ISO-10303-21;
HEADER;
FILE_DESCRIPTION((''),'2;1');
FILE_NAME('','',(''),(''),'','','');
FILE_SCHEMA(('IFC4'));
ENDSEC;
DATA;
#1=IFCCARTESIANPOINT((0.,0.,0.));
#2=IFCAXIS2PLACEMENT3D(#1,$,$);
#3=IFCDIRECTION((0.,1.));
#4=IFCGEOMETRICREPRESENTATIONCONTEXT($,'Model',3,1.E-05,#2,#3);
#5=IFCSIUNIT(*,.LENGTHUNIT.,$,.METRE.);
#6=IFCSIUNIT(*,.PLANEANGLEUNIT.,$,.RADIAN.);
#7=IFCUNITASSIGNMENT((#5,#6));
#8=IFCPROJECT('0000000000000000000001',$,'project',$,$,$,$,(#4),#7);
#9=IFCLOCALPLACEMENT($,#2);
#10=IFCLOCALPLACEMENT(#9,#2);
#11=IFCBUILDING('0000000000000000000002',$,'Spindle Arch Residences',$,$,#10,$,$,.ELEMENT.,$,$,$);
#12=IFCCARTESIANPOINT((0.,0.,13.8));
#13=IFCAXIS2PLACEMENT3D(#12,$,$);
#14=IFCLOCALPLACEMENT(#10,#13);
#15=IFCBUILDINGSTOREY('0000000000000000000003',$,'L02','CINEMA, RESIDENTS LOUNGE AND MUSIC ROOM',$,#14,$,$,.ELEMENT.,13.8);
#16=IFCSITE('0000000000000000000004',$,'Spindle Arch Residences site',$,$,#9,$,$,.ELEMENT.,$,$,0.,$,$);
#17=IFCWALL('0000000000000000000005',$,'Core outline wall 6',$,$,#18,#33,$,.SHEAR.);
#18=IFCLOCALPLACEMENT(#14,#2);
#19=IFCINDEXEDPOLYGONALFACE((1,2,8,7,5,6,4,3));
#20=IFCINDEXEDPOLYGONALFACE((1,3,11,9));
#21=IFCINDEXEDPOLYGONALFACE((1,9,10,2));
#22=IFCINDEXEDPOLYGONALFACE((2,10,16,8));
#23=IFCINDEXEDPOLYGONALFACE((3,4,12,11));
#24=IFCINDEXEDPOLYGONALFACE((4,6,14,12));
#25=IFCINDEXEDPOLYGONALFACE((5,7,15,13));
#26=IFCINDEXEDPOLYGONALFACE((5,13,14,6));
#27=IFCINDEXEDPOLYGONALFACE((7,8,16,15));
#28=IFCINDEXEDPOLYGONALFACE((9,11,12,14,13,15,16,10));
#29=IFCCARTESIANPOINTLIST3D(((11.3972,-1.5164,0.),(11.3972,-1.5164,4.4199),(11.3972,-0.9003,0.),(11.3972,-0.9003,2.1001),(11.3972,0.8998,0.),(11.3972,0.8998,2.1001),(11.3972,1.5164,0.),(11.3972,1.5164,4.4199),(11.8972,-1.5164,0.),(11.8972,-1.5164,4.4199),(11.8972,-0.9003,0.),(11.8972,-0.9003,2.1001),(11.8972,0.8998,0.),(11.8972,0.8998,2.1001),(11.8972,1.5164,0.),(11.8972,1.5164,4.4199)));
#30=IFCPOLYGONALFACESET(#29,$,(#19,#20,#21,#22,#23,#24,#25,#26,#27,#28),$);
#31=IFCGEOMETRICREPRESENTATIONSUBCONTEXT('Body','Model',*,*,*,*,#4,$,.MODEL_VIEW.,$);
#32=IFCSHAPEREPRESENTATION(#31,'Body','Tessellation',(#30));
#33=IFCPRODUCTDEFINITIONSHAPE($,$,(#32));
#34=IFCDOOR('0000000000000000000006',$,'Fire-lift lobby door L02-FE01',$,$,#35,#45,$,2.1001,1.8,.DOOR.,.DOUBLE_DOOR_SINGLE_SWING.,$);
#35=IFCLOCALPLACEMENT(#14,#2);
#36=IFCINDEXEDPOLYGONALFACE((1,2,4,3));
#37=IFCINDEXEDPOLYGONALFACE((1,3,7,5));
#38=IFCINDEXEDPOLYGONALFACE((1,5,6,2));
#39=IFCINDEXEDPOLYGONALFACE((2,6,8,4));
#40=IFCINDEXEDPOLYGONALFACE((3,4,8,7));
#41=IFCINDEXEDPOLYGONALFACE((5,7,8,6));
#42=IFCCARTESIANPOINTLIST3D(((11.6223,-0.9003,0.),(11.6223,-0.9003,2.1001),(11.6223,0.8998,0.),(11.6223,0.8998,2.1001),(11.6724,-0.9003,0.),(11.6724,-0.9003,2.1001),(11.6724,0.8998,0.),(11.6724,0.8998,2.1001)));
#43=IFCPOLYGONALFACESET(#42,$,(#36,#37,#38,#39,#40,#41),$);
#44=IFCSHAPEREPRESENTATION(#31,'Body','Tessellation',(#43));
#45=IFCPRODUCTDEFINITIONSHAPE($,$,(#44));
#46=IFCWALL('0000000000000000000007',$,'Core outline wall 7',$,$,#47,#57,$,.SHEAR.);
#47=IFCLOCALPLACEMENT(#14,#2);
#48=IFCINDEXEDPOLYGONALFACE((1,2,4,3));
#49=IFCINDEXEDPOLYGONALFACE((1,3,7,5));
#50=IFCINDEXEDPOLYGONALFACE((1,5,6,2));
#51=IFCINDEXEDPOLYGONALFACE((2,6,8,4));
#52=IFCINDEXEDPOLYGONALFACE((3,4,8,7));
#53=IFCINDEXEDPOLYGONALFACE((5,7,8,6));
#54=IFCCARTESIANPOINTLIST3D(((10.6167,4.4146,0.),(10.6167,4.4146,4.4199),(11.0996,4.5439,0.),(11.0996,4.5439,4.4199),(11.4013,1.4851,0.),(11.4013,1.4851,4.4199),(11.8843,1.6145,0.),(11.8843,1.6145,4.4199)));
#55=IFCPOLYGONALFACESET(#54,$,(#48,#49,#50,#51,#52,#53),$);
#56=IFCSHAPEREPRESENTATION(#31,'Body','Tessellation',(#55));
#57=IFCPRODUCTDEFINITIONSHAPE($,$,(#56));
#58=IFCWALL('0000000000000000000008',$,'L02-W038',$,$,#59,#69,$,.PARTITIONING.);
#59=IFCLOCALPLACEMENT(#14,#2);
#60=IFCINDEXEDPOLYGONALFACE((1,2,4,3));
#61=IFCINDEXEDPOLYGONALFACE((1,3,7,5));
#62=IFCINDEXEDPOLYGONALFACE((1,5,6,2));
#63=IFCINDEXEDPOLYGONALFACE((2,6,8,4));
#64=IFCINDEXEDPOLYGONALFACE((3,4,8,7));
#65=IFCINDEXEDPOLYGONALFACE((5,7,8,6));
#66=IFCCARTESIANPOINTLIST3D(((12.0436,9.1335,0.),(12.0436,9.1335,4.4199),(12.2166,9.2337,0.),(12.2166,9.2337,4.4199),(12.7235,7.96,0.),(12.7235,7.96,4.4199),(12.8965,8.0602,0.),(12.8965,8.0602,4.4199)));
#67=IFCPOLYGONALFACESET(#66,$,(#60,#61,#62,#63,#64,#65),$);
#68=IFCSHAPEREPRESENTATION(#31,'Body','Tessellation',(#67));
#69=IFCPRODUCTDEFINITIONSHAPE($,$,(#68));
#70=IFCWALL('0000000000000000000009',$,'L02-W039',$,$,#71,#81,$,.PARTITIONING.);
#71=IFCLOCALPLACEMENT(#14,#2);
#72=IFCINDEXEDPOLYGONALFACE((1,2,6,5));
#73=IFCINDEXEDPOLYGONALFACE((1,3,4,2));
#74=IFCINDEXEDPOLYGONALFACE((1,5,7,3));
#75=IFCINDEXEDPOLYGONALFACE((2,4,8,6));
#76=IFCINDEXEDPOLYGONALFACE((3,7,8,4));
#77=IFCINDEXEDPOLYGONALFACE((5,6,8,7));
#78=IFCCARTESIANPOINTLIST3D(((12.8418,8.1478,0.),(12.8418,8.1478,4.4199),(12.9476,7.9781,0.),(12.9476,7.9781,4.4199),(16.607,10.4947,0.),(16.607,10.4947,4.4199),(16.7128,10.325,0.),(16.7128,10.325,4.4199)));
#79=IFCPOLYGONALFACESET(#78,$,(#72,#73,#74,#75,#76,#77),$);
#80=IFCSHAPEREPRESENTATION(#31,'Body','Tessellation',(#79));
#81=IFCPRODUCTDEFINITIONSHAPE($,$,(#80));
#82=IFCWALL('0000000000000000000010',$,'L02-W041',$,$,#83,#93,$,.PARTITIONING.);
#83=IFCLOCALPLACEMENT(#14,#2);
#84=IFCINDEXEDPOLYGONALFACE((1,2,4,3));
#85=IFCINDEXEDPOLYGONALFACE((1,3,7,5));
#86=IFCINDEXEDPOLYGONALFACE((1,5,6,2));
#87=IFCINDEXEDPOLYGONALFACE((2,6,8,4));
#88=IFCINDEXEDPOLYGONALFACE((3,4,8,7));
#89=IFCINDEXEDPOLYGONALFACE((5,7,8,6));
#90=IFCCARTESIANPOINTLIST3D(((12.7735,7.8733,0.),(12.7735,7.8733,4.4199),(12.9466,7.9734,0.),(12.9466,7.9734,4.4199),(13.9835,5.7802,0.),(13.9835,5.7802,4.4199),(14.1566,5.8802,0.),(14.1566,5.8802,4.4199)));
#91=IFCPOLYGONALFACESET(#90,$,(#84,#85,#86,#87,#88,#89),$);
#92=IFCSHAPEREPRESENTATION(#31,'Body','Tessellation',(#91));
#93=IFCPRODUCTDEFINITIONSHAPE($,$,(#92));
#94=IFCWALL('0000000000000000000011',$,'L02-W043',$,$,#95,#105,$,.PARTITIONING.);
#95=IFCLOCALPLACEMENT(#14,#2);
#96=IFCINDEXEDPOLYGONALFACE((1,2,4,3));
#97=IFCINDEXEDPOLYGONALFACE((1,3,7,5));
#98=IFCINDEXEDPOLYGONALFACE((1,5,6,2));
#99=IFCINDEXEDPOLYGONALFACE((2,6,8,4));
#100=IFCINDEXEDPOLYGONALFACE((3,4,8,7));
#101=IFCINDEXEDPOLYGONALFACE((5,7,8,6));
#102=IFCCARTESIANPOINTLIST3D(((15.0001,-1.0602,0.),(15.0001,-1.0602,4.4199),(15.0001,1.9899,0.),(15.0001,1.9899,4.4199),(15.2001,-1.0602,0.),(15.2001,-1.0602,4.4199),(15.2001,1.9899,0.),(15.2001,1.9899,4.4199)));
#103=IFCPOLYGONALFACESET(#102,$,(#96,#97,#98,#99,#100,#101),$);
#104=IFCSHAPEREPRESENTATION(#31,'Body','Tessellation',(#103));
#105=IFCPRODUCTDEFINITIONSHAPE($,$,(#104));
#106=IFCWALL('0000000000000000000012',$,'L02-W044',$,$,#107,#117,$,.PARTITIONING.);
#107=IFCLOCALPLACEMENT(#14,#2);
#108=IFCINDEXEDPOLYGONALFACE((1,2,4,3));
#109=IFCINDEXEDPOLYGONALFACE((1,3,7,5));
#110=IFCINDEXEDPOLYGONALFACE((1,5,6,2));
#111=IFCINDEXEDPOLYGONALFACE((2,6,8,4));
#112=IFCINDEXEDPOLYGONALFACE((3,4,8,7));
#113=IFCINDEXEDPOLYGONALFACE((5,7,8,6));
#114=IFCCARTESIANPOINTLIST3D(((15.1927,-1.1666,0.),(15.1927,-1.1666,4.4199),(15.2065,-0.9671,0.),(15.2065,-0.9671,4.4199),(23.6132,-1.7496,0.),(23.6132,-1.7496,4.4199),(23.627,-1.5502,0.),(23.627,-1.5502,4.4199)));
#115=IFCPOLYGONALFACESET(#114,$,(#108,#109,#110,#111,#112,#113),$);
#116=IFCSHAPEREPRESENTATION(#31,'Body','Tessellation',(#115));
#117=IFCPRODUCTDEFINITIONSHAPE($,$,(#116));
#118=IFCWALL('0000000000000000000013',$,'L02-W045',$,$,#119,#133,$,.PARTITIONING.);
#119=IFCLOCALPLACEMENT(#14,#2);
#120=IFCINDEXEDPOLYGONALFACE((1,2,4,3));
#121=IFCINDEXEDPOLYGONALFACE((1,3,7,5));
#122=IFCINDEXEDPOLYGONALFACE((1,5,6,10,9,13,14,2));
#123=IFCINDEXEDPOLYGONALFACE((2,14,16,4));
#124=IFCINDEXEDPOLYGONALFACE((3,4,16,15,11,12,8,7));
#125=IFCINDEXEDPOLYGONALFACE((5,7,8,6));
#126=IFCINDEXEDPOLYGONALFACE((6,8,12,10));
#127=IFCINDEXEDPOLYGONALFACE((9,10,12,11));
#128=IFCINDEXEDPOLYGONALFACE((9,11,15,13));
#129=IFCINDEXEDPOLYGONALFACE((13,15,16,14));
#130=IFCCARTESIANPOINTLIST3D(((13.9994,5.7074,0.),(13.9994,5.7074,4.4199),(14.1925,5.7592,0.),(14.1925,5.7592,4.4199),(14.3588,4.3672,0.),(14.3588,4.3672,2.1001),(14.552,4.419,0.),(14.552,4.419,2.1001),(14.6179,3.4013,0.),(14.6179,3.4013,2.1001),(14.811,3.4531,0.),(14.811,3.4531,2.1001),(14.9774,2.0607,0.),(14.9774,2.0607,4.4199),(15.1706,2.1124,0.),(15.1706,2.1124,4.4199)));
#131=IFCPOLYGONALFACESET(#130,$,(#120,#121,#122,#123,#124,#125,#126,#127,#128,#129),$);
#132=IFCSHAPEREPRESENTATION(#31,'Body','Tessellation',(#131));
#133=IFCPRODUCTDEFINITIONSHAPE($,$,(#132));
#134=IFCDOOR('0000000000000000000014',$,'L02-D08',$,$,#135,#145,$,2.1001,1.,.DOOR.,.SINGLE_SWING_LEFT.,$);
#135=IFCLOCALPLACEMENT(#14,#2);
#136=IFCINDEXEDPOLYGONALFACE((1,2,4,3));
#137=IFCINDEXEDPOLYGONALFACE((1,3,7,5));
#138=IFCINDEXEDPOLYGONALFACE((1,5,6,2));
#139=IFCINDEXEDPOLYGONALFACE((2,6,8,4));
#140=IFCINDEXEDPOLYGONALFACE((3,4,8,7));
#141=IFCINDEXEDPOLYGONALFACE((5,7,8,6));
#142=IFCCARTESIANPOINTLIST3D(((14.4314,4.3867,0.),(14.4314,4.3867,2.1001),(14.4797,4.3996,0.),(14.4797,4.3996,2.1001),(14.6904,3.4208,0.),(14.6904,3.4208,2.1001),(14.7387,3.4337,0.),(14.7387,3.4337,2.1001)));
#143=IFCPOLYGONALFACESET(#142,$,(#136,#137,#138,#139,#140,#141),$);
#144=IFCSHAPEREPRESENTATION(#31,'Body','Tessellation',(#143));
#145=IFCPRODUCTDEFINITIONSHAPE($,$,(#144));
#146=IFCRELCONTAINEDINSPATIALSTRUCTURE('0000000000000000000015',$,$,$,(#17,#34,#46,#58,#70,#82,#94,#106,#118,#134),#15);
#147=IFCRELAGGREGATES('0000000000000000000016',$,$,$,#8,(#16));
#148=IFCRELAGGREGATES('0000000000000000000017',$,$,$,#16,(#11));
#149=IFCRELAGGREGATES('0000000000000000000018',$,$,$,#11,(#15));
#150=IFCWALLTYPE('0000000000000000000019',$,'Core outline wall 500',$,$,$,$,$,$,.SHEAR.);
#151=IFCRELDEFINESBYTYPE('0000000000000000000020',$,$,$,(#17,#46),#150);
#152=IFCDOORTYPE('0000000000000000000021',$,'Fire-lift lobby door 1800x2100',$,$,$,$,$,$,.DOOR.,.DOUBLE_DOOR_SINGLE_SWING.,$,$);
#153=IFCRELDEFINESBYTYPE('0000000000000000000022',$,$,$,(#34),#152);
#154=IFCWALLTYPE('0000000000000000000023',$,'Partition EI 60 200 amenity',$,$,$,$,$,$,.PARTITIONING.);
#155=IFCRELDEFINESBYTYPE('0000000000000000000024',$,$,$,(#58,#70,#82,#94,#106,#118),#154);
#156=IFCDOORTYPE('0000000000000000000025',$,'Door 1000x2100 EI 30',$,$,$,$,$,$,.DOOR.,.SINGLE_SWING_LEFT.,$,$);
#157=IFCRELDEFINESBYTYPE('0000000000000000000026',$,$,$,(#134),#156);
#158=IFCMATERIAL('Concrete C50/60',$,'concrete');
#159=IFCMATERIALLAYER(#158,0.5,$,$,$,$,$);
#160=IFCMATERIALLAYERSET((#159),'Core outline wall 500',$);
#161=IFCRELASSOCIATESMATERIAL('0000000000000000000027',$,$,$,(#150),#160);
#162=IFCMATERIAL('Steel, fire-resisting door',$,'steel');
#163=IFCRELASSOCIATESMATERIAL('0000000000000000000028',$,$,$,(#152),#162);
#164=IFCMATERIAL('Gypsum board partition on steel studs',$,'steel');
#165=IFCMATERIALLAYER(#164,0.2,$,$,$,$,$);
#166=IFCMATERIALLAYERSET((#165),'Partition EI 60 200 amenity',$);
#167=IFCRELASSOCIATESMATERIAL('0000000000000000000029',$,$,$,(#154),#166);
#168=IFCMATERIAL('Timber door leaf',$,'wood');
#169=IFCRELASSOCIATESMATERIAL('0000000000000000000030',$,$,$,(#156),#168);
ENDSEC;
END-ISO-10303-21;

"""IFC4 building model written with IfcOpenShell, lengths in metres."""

from ifc_helpers import new_model, si_unit, direction, frame, frame_2d, origin, place, context, subcontext, project, spatial, rectangle, extrude, material, layer, layer_set, type_object, element, fill, save


model = new_model("IFC4")

# Units and contexts
model_context = context("Model", 3, precision=1e-05, world=origin(), true_north=direction((0.0, 1.0)))
body_context = subcontext(model_context, "Body", "Model", "MODEL_VIEW")
ifc_project = project(units=[si_unit("LENGTHUNIT", "METRE"), si_unit("PLANEANGLEUNIT", "RADIAN")], contexts=[model_context])

# Site, building, storey
site_placement = place(None, origin())
site = spatial("IfcSite", under=ifc_project, at=site_placement, Name="Spindle Arch Residences site", CompositionType="ELEMENT", RefElevation=0.0)
building_placement = place(site_placement, origin())
building = spatial("IfcBuilding", under=site, at=building_placement, Name="Spindle Arch Residences", CompositionType="ELEMENT")
storey_placement = place(building_placement, frame((0.0, 0.0, 13.8)))
storey = spatial("IfcBuildingStorey", under=building, at=storey_placement, Name="L02", Description="CINEMA, RESIDENTS LOUNGE AND MUSIC ROOM", CompositionType="ELEMENT", Elevation=13.8)

# Wall, opening, door
ifc_material_1 = material(Name="Concrete C50/60", Category="concrete")
ifc_layer_1 = layer(ifc_material_1, 0.5)
ifc_layer_set_1 = layer_set([ifc_layer_1], Name="Core outline wall 500")
wall_type_1 = type_object("IfcWallType", Name="Core outline wall 500", PredefinedType="SHEAR", material=ifc_layer_set_1)
wall_1_placement = place(storey_placement, frame((11.6472, -1.5164, 0.0), z_axis=(0.0, 0.0, 1.0), x_axis=(0.0, 1.0, 0.0)))
wall_1 = element("IfcWall", 1, at=wall_1_placement, inside=storey, type_object=wall_type_1, Name="Core outline wall 6", PredefinedType="SHEAR", context=body_context, shape_type="SweptSolid", body=[
    extrude(rectangle(XDim=3.0327, YDim=0.5, at=frame_2d((1.5164, 0.0))), origin(), (0.0, 0.0, 1.0), 4.4199),
])
opening_1_placement = place(wall_1_placement, frame((0.6162, 0.0, 0.0)))
opening_1 = element("IfcOpeningElement", 2, at=opening_1_placement, cuts=wall_1, PredefinedType="OPENING", context=body_context, shape_type="SweptSolid", body=[
    extrude(rectangle(XDim=1.8, YDim=2.1001, at=frame_2d((0.8999, 1.05))), frame((0.0, 0.26, 0.0), z_axis=(0.0, -1.0, 0.0), x_axis=(1.0, 0.0, 0.0)), (0.0, 0.0, 1.0), 0.52),
])
ifc_material_2 = material(Name="Steel, fire-resisting door", Category="steel")
door_type_1 = type_object("IfcDoorType", Name="Fire-lift lobby door 1800x2100", OperationType="DOUBLE_DOOR_SINGLE_SWING", PredefinedType="DOOR", material=ifc_material_2)
door_1_placement = place(opening_1_placement, origin())
door_1 = element("IfcDoor", 3, at=door_1_placement, inside=storey, type_object=door_type_1, Name="Fire-lift lobby door L02-FE01", OperationType="DOUBLE_DOOR_SINGLE_SWING", OverallHeight=2.1001, OverallWidth=1.8, PredefinedType="DOOR", context=body_context, shape_type="SweptSolid", body=[
    extrude(rectangle(XDim=1.8, YDim=2.1001, at=frame_2d((0.8999, 1.05))), frame((0.0, 0.0249, 0.0), z_axis=(0.0, -1.0, 0.0), x_axis=(1.0, 0.0, 0.0)), (0.0, 0.0, 1.0), 0.05),
])
fill(opening_1, door_1)

# Walls
wall_2_placement = place(storey_placement, frame((11.6428, 1.5498, 0.0), z_axis=(0.0, 0.0, 1.0), x_axis=(-0.258735, 0.965948, 0.0)))
element("IfcWall", 4, at=wall_2_placement, inside=storey, type_object=wall_type_1, Name="Core outline wall 7", PredefinedType="SHEAR", context=body_context, shape_type="SweptSolid", body=[
    extrude(rectangle(XDim=3.0327, YDim=0.5, at=frame_2d((1.5164, 0.0))), origin(), (0.0, 0.0, 1.0), 4.4199),
])
ifc_material_3 = material(Name="Gypsum board partition on steel studs", Category="steel")
ifc_layer_2 = layer(ifc_material_3, 0.2)
ifc_layer_set_2 = layer_set([ifc_layer_2], Name="Partition EI 60 200 amenity")
wall_type_2 = type_object("IfcWallType", Name="Partition EI 60 200 amenity", PredefinedType="PARTITIONING", material=ifc_layer_set_2)
wall_3_placement = place(storey_placement, frame((12.8101, 8.01, 0.0), z_axis=(0.0, 0.0, 1.0), x_axis=(-0.501306, 0.86527, 0.0)))
element("IfcWall", 5, at=wall_3_placement, inside=storey, type_object=wall_type_2, Name="L02-W038", PredefinedType="PARTITIONING", context=body_context, shape_type="SweptSolid", body=[
    extrude(rectangle(XDim=1.3562, YDim=0.2, at=frame_2d((0.6782, 0.0))), origin(), (0.0, 0.0, 1.0), 4.4199),
])
wall_4_placement = place(storey_placement, frame((12.8948, 8.063, 0.0), z_axis=(0.0, 0.0, 1.0), x_axis=(0.848635, 0.52898, 0.0)))
element("IfcWall", 6, at=wall_4_placement, inside=storey, type_object=wall_type_2, Name="L02-W039", PredefinedType="PARTITIONING", context=body_context, shape_type="SweptSolid", body=[
    extrude(rectangle(XDim=4.4368, YDim=0.2, at=frame_2d((2.2183, 0.0))), origin(), (0.0, 0.0, 1.0), 4.4199),
])
wall_5_placement = place(storey_placement, frame((14.0701, 5.8301, 0.0), z_axis=(0.0, 0.0, 1.0), x_axis=(-0.500439, 0.865772, 0.0)))
element("IfcWall", 7, at=wall_5_placement, inside=storey, type_object=wall_type_2, Name="L02-W041", PredefinedType="PARTITIONING", context=body_context, shape_type="SweptSolid", body=[
    extrude(rectangle(XDim=2.4177, YDim=0.2, at=frame_2d((1.209, 0.0))), origin(), (0.0, 0.0, 1.0), 4.4199),
])
wall_6_placement = place(storey_placement, frame((15.1001, -1.0601, 0.0), z_axis=(0.0, 0.0, 1.0), x_axis=(0.0, 1.0, 0.0)))
element("IfcWall", 8, at=wall_6_placement, inside=storey, type_object=wall_type_2, Name="L02-W043", PredefinedType="PARTITIONING", context=body_context, shape_type="SweptSolid", body=[
    extrude(rectangle(XDim=3.05, YDim=0.2, at=frame_2d((1.5249, 0.0))), origin(), (0.0, 0.0, 1.0), 4.4199),
])
wall_7_placement = place(storey_placement, frame((15.1997, -1.0669, 0.0), z_axis=(0.0, 0.0, 1.0), x_axis=(0.997612, -0.069072, 0.0)))
element("IfcWall", 9, at=wall_7_placement, inside=storey, type_object=wall_type_2, Name="L02-W044", PredefinedType="PARTITIONING", context=body_context, shape_type="SweptSolid", body=[
    extrude(rectangle(XDim=8.4407, YDim=0.2, at=frame_2d((4.2202, 0.0))), origin(), (0.0, 0.0, 1.0), 4.4199),
])

# Wall, opening, door
wall_8_placement = place(storey_placement, frame((15.074, 2.0867, 0.0), z_axis=(0.0, 0.0, 1.0), x_axis=(-0.259039, 0.965867, 0.0)))
wall_8 = element("IfcWall", 10, at=wall_8_placement, inside=storey, type_object=wall_type_2, Name="L02-W045", PredefinedType="PARTITIONING", context=body_context, shape_type="SweptSolid", body=[
    extrude(rectangle(XDim=3.7756, YDim=0.2, at=frame_2d((1.8877, 0.0))), origin(), (0.0, 0.0, 1.0), 4.4199),
])
opening_2_placement = place(wall_8_placement, frame((1.3879, 0.0, 0.0)))
opening_2 = element("IfcOpeningElement", 11, at=opening_2_placement, cuts=wall_8, PredefinedType="OPENING", context=body_context, shape_type="SweptSolid", body=[
    extrude(rectangle(XDim=1.0, YDim=2.1001, at=frame_2d((0.5, 1.05))), frame((0.0, 0.1099, 0.0), z_axis=(0.0, -1.0, 0.0), x_axis=(1.0, 0.0, 0.0)), (0.0, 0.0, 1.0), 0.22),
])
ifc_material_4 = material(Name="Timber door leaf", Category="wood")
door_type_2 = type_object("IfcDoorType", Name="Door 1000x2100 EI 30", OperationType="SINGLE_SWING_LEFT", PredefinedType="DOOR", material=ifc_material_4)
door_2_placement = place(opening_2_placement, origin())
door_2 = element("IfcDoor", 12, at=door_2_placement, inside=storey, type_object=door_type_2, Name="L02-D08", OperationType="SINGLE_SWING_LEFT", OverallHeight=2.1001, OverallWidth=1.0, PredefinedType="DOOR", context=body_context, shape_type="SweptSolid", body=[
    extrude(rectangle(XDim=1.0, YDim=2.1001, at=frame_2d((0.5, 1.05))), frame((0.0, 0.0249, 0.0), z_axis=(0.0, -1.0, 0.0), x_axis=(1.0, 0.0, 0.0)), (0.0, 0.0, 1.0), 0.05),
])
fill(opening_2, door_2)

save(model, "model.ifc")
